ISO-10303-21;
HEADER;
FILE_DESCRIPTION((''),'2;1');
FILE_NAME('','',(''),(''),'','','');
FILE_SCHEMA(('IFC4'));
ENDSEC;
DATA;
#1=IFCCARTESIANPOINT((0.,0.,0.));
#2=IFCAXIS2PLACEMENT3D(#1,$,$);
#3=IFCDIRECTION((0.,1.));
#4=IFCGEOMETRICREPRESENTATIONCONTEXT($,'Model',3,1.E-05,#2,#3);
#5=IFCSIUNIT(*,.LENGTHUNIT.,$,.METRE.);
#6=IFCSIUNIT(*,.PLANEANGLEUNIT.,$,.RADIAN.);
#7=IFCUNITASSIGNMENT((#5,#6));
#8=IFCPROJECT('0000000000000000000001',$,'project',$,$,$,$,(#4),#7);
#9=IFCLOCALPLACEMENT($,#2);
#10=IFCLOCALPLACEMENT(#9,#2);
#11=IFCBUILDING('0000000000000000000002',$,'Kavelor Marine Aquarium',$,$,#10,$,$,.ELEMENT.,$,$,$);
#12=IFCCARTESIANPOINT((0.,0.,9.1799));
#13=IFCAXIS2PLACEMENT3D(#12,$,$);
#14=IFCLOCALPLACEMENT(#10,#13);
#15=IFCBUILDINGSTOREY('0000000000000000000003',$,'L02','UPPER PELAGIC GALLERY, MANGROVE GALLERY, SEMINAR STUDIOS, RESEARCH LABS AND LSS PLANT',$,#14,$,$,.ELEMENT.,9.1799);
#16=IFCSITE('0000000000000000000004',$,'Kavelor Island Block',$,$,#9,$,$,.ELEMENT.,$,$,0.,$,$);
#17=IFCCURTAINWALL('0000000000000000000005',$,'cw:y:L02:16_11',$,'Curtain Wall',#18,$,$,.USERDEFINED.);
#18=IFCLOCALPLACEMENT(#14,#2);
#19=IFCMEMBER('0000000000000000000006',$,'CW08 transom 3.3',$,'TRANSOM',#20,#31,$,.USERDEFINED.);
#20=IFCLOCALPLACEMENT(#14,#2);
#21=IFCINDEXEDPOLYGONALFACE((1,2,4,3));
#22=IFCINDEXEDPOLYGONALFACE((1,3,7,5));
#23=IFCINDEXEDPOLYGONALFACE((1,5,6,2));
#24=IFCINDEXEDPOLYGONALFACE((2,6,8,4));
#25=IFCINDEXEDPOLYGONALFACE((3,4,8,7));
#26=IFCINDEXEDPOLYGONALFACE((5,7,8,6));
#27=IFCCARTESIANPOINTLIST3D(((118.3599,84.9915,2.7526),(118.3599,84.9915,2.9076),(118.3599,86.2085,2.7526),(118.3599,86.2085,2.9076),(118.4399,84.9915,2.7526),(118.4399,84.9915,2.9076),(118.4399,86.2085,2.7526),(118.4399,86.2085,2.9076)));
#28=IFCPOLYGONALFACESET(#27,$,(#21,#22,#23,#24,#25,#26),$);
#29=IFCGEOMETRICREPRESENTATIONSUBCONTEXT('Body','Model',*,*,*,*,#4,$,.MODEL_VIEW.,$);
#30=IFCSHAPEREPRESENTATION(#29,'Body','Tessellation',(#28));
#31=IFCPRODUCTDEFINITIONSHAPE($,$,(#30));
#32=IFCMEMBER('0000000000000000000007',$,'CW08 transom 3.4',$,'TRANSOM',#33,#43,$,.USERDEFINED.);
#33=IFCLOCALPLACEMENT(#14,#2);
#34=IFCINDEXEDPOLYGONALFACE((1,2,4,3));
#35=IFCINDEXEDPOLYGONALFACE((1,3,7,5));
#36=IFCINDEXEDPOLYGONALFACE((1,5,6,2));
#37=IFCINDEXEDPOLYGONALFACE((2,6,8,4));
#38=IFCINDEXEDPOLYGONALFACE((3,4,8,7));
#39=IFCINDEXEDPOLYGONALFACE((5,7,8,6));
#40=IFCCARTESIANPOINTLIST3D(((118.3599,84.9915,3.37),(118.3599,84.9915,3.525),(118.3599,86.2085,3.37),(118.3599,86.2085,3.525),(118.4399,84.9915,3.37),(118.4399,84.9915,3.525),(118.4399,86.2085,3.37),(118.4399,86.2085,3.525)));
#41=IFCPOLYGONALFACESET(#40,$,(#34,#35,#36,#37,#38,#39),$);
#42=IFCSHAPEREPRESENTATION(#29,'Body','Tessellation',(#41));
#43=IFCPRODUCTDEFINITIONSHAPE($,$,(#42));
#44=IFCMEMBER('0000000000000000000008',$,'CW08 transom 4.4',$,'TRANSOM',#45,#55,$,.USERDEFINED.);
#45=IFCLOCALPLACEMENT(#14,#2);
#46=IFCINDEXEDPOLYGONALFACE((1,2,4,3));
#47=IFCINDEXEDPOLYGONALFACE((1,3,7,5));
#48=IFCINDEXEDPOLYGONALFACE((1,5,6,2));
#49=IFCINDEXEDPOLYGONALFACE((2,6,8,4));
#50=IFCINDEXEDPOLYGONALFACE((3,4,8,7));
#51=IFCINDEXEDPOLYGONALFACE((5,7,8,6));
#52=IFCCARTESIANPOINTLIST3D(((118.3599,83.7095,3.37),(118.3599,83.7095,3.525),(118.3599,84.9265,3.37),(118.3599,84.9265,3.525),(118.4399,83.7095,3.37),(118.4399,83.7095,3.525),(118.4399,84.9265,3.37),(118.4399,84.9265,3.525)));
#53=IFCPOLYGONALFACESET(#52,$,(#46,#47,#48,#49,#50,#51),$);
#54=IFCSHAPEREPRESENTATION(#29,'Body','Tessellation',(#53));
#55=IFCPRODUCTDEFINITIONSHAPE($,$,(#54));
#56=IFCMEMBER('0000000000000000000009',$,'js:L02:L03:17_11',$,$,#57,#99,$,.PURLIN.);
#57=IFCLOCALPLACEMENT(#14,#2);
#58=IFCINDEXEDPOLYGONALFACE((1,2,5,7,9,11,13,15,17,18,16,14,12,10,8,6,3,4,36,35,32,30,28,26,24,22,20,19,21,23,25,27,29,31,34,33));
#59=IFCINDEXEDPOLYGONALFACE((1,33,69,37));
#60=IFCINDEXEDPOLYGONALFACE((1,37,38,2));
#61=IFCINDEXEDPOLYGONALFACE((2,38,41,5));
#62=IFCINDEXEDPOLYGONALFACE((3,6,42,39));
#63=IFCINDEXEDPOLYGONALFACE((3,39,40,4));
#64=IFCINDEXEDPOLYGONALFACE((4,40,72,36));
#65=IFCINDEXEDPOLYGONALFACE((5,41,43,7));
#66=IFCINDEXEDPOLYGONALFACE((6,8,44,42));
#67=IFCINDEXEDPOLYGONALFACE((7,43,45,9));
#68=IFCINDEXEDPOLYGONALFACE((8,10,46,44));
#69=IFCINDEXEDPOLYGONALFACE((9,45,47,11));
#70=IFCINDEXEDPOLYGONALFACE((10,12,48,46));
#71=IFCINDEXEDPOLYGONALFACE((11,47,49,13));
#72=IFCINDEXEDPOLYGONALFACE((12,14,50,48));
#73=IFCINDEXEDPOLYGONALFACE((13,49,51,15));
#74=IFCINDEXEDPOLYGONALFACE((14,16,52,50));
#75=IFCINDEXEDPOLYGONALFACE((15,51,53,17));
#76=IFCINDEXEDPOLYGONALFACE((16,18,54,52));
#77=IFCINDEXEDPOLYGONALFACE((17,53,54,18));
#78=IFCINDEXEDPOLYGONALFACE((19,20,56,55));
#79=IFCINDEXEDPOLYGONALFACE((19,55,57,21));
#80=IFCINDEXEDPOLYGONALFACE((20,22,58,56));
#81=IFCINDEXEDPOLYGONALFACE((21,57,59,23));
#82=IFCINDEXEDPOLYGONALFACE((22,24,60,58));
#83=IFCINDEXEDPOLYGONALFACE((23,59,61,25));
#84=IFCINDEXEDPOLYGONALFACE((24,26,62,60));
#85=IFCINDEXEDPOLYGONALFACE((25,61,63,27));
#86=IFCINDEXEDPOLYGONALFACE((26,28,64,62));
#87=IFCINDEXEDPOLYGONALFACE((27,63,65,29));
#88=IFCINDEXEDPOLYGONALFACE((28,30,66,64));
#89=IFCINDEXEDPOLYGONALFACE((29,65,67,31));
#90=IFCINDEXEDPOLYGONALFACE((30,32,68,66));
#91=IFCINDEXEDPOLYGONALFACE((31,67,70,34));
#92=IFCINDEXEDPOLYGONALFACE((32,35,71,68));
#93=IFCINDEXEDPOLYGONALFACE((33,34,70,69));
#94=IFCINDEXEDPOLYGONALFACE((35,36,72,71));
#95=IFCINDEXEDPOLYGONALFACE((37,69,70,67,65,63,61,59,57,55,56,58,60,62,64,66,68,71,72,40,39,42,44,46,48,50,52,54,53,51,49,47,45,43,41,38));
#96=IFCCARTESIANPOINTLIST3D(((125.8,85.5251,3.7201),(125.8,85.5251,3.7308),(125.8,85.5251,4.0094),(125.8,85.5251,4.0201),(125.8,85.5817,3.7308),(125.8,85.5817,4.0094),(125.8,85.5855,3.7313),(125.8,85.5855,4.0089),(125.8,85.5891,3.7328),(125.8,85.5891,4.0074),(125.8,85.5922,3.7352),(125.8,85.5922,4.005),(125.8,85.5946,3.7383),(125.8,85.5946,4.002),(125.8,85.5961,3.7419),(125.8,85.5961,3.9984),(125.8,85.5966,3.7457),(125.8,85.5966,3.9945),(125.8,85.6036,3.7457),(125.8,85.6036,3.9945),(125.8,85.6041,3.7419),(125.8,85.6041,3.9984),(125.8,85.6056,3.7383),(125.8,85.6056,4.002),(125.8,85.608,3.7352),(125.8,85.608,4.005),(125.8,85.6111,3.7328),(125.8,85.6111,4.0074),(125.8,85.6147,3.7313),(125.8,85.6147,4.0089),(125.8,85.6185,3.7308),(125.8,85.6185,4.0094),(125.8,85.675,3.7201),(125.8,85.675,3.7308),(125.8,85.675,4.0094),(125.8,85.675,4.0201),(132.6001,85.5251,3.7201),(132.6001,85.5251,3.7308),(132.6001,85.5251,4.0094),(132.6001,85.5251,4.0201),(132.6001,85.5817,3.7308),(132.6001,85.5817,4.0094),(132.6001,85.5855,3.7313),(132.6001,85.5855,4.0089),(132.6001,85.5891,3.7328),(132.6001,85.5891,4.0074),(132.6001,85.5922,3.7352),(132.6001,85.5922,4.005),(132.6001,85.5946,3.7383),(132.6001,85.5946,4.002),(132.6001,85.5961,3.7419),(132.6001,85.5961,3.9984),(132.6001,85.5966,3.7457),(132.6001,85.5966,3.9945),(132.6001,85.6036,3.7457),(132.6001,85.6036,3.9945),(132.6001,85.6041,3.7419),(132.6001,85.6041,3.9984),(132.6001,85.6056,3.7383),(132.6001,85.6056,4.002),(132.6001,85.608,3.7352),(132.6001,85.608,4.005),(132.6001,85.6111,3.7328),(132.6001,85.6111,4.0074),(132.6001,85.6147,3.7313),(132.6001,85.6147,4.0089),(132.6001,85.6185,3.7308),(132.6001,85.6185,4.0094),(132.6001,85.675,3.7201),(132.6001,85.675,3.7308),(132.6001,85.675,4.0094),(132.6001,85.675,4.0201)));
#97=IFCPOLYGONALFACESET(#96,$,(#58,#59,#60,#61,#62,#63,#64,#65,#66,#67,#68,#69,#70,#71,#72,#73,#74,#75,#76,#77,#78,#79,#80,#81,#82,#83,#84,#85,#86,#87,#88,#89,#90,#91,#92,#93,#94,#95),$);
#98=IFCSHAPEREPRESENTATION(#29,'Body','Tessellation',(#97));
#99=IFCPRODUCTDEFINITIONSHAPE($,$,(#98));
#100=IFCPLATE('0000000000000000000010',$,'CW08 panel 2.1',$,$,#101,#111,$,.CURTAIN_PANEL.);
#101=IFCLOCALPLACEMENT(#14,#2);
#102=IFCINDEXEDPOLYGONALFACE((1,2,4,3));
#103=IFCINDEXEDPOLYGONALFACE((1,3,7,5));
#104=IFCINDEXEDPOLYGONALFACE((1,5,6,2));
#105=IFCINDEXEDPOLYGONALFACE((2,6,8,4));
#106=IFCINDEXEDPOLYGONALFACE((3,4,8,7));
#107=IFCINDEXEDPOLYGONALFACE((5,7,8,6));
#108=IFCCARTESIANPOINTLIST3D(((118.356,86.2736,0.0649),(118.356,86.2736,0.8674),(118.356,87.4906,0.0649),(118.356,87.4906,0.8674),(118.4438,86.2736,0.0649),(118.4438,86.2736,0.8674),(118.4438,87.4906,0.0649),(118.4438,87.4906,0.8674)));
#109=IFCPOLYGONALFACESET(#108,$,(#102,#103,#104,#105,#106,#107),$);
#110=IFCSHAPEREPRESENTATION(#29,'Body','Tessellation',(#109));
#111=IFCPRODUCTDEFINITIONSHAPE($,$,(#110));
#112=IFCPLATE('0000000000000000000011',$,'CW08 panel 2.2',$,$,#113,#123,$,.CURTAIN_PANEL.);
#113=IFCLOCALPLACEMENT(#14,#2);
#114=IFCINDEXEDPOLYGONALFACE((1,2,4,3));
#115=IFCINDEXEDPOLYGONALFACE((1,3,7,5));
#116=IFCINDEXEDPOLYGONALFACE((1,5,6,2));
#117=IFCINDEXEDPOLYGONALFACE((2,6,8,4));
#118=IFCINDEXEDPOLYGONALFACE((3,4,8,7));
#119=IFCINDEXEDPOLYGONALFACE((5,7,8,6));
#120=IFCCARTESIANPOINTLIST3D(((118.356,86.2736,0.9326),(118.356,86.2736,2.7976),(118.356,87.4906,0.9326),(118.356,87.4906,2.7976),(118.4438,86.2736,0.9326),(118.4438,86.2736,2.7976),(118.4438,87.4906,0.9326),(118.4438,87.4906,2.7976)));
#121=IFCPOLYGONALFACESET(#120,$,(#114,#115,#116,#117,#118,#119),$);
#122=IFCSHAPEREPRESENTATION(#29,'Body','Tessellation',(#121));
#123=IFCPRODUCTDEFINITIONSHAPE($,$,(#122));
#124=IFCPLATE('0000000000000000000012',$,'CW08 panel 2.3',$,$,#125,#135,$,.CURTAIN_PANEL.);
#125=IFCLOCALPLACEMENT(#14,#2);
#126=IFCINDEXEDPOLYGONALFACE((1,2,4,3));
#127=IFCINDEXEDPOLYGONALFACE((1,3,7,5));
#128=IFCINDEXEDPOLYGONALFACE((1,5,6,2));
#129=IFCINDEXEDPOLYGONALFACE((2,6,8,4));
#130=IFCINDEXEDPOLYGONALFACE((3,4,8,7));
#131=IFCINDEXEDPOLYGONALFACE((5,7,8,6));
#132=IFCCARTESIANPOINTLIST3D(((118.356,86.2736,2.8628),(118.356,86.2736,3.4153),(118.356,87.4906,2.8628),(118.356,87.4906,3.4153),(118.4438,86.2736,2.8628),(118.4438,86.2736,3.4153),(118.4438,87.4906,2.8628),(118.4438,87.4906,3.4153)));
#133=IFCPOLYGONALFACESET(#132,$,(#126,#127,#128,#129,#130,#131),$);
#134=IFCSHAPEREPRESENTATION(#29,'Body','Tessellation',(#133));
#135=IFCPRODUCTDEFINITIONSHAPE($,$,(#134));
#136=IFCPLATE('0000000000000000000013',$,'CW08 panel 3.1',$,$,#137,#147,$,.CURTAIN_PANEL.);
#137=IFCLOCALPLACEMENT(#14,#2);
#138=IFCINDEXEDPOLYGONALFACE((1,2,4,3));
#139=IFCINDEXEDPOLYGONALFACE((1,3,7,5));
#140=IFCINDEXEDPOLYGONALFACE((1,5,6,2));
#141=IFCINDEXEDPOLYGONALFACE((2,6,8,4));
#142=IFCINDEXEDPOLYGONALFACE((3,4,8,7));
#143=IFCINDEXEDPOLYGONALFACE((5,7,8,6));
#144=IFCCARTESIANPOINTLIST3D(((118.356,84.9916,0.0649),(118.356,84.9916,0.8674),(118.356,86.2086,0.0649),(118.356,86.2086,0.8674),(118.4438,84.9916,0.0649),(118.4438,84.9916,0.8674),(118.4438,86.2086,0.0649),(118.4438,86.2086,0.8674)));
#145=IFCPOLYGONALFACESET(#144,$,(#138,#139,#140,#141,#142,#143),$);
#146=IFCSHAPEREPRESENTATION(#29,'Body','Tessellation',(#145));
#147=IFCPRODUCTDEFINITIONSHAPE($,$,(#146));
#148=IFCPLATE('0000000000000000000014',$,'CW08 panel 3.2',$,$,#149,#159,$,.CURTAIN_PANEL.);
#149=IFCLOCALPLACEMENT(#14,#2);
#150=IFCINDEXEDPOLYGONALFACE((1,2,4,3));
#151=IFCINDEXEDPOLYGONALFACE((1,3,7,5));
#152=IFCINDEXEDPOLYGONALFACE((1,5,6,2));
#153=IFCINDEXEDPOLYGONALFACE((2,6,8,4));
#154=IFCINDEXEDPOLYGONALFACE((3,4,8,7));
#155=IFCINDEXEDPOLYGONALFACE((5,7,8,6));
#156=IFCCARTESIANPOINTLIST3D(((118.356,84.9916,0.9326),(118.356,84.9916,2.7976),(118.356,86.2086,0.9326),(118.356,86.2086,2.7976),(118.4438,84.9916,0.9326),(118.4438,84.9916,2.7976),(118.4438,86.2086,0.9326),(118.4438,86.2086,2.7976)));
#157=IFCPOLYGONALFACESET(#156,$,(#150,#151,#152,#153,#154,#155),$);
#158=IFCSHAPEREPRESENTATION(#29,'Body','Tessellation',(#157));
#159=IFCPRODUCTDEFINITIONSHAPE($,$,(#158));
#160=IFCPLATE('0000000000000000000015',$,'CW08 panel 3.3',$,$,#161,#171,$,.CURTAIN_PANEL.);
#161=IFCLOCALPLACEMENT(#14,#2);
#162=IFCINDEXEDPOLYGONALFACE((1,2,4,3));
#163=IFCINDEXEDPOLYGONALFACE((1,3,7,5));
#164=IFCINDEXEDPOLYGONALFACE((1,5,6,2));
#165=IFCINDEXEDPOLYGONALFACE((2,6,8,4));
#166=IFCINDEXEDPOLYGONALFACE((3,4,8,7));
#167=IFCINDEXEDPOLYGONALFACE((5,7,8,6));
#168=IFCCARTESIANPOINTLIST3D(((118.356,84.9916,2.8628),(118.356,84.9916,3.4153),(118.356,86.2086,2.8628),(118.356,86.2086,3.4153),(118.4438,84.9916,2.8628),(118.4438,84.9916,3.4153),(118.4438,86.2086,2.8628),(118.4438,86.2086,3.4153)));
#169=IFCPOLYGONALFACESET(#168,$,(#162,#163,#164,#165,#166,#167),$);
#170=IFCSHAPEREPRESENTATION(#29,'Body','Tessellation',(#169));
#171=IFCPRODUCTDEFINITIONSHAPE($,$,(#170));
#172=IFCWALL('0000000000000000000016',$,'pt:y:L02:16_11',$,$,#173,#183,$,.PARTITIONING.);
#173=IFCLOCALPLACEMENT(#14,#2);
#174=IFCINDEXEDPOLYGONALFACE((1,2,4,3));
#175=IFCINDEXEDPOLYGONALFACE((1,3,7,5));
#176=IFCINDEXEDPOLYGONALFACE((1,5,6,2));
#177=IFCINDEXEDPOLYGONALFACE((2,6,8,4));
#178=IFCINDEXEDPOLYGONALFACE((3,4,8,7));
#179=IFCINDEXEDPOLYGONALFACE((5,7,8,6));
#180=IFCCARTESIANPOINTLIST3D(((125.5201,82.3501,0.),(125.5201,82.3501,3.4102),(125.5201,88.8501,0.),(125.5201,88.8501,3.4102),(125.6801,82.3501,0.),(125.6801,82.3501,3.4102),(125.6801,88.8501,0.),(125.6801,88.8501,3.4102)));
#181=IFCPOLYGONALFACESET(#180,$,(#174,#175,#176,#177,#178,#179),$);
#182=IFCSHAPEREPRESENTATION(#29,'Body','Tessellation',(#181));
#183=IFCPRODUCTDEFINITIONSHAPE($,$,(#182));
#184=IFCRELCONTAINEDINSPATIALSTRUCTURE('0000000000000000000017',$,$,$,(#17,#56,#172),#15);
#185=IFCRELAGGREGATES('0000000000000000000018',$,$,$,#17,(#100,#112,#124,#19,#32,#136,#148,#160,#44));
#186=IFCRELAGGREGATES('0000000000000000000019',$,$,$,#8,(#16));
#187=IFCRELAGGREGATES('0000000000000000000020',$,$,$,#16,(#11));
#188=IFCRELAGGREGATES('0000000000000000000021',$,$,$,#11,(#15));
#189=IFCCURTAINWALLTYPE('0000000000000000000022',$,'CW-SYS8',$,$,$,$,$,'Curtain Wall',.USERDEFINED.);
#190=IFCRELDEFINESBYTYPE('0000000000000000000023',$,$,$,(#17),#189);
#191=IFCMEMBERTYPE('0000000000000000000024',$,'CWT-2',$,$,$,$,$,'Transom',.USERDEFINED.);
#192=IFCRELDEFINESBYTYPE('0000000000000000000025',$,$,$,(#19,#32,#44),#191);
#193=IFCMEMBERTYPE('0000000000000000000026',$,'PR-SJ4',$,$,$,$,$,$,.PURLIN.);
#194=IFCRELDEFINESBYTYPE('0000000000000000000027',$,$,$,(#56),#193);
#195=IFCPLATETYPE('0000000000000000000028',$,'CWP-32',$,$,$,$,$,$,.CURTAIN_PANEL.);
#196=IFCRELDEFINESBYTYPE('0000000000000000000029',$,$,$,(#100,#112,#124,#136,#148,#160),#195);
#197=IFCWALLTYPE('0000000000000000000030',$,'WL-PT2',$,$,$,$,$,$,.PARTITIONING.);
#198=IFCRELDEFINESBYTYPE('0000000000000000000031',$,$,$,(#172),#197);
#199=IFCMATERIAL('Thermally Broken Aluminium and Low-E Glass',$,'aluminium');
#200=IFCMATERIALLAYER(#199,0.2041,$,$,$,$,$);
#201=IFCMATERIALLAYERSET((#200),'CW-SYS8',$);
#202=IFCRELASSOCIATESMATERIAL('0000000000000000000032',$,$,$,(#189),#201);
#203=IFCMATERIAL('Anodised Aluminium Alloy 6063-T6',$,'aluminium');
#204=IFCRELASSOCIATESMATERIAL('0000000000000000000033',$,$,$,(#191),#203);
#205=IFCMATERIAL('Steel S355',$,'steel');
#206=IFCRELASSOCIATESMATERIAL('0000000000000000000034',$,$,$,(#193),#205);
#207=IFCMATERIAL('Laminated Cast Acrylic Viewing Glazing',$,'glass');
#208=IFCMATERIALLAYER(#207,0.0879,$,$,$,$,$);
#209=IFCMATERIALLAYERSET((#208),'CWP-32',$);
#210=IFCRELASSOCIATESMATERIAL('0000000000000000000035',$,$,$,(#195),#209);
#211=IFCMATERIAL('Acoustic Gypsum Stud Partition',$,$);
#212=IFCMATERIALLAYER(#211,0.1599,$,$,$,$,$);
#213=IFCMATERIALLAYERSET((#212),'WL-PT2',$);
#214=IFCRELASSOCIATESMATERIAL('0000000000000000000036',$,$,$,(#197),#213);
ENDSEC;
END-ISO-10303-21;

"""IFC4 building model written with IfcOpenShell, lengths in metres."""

from ifc_helpers import new_model, si_unit, direction, frame, frame_2d, origin, origin_2d, place, context, subcontext, project, spatial, rectangle, i_section, extrude, material, layer, layer_set, material_profile, profile_set, type_object, element, aggregate, save


model = new_model("IFC4")

# Units and contexts
model_context = context("Model", 3, precision=1e-05, world=origin(), true_north=direction((0.0, 1.0)))
body_context = subcontext(model_context, "Body", "Model", "MODEL_VIEW")
ifc_project = project(units=[si_unit("LENGTHUNIT", "METRE"), si_unit("PLANEANGLEUNIT", "RADIAN")], contexts=[model_context])

# Site, building, storey
site_placement = place(None, origin())
site = spatial("IfcSite", under=ifc_project, at=site_placement, Name="Kavelor Island Block", CompositionType="ELEMENT", RefElevation=0.0)
building_placement = place(site_placement, origin())
building = spatial("IfcBuilding", under=site, at=building_placement, Name="Kavelor Marine Aquarium", CompositionType="ELEMENT")
storey_placement = place(building_placement, frame((0.0, 0.0, 9.1799)))
storey = spatial("IfcBuildingStorey", under=building, at=storey_placement, Name="L02", Description="UPPER PELAGIC GALLERY, MANGROVE GALLERY, SEMINAR STUDIOS, RESEARCH LABS AND LSS PLANT", CompositionType="ELEMENT", Elevation=9.1799)

# Curtain wall, members
ifc_material_1 = material(Name="Thermally Broken Aluminium and Low-E Glass", Category="aluminium")
ifc_layer_1 = layer(ifc_material_1, 0.2041)
ifc_layer_set_1 = layer_set([ifc_layer_1], Name="CW-SYS8")
curtain_wall_type = type_object("IfcCurtainWallType", Name="CW-SYS8", ElementType="Curtain Wall", PredefinedType="USERDEFINED", material=ifc_layer_set_1)
curtain_wall_placement = place(storey_placement, origin())
curtain_wall = element("IfcCurtainWall", 1, at=curtain_wall_placement, inside=storey, type_object=curtain_wall_type, Name="cw:y:L02:16_11", ObjectType="Curtain Wall", PredefinedType="USERDEFINED")
ifc_material_2 = material(Name="Anodised Aluminium Alloy 6063-T6", Category="aluminium")
ifc_material_profile_1 = material_profile(ifc_material_2, rectangle(XDim=0.0801, YDim=0.155, at=origin_2d()), Name="CW-TRN 80x155")
ifc_profile_set_1 = profile_set([ifc_material_profile_1], Name="Anodised Aluminium Alloy 6063-T6")
member_type_1 = type_object("IfcMemberType", Name="CWT-2", ElementType="Transom", PredefinedType="USERDEFINED", material=ifc_profile_set_1)
member_1_placement = place(storey_placement, frame((118.3999, 86.2085, 2.8301), z_axis=(0.0, -1.0, 0.0), x_axis=(1.0, 0.0, 0.0)))
member_1 = element("IfcMember", 2, at=member_1_placement, type_object=member_type_1, Name="CW08 transom 3.3", ObjectType="TRANSOM", PredefinedType="USERDEFINED", context=body_context, shape_type="SweptSolid", body=[
    extrude(rectangle(XDim=0.0801, YDim=0.155, at=origin_2d()), origin(), (0.0, 0.0, 1.0), 1.217),
])
member_2_placement = place(storey_placement, frame((118.3999, 86.2085, 3.4475), z_axis=(0.0, -1.0, 0.0), x_axis=(1.0, 0.0, 0.0)))
member_2 = element("IfcMember", 3, at=member_2_placement, type_object=member_type_1, Name="CW08 transom 3.4", ObjectType="TRANSOM", PredefinedType="USERDEFINED", context=body_context, shape_type="SweptSolid", body=[
    extrude(rectangle(XDim=0.0801, YDim=0.155, at=origin_2d()), origin(), (0.0, 0.0, 1.0), 1.217),
])
member_3_placement = place(storey_placement, frame((118.3999, 84.9265, 3.4475), z_axis=(0.0, -1.0, 0.0), x_axis=(1.0, 0.0, 0.0)))
member_3 = element("IfcMember", 4, at=member_3_placement, type_object=member_type_1, Name="CW08 transom 4.4", ObjectType="TRANSOM", PredefinedType="USERDEFINED", context=body_context, shape_type="SweptSolid", body=[
    extrude(rectangle(XDim=0.0801, YDim=0.155, at=origin_2d()), origin(), (0.0, 0.0, 1.0), 1.217),
])

# Member
ifc_material_3 = material(Name="Steel S355", Category="steel")
ifc_material_profile_2 = material_profile(ifc_material_3, i_section(OverallWidth=0.1499, OverallDepth=0.3, WebThickness=0.0071, FlangeThickness=0.0107, FilletRadius=0.0149, at=origin_2d()), Name="IPE 300")
ifc_profile_set_2 = profile_set([ifc_material_profile_2], Name="Steel S355")
member_type_2 = type_object("IfcMemberType", Name="PR-SJ4", PredefinedType="PURLIN", material=ifc_profile_set_2)
member_4_placement = place(storey_placement, frame((125.8, 85.6001, 3.8701), z_axis=(1.0, 0.0, 0.0), x_axis=(0.0, 1.0, 0.0)))
element("IfcMember", 5, at=member_4_placement, inside=storey, type_object=member_type_2, Name="js:L02:L03:17_11", PredefinedType="PURLIN", context=body_context, shape_type="SweptSolid", body=[
    extrude(i_section(OverallWidth=0.1499, OverallDepth=0.3, WebThickness=0.0071, FlangeThickness=0.0107, FilletRadius=0.0149, at=origin_2d()), origin(), (0.0, 0.0, 1.0), 6.8),
])

# Plates
ifc_material_4 = material(Name="Laminated Cast Acrylic Viewing Glazing", Category="glass")
ifc_layer_2 = layer(ifc_material_4, 0.0879)
ifc_layer_set_2 = layer_set([ifc_layer_2], Name="CWP-32")
plate_type = type_object("IfcPlateType", Name="CWP-32", PredefinedType="CURTAIN_PANEL", material=ifc_layer_set_2)
plate_1_placement = place(storey_placement, frame((118.3999, 86.8821, 0.0649), z_axis=(0.0, 0.0, 1.0), x_axis=(0.0, -1.0, 0.0)))
plate_1 = element("IfcPlate", 6, at=plate_1_placement, type_object=plate_type, Name="CW08 panel 2.1", PredefinedType="CURTAIN_PANEL", context=body_context, shape_type="SweptSolid", body=[
    extrude(rectangle(XDim=1.217, YDim=0.0879, at=origin_2d()), origin(), (0.0, 0.0, 1.0), 0.8025),
])
plate_2_placement = place(storey_placement, frame((118.3999, 86.8821, 0.9326), z_axis=(0.0, 0.0, 1.0), x_axis=(0.0, -1.0, 0.0)))
plate_2 = element("IfcPlate", 7, at=plate_2_placement, type_object=plate_type, Name="CW08 panel 2.2", PredefinedType="CURTAIN_PANEL", context=body_context, shape_type="SweptSolid", body=[
    extrude(rectangle(XDim=1.217, YDim=0.0879, at=origin_2d()), origin(), (0.0, 0.0, 1.0), 1.865),
])
plate_3_placement = place(storey_placement, frame((118.3999, 86.8821, 2.8628), z_axis=(0.0, 0.0, 1.0), x_axis=(0.0, -1.0, 0.0)))
plate_3 = element("IfcPlate", 8, at=plate_3_placement, type_object=plate_type, Name="CW08 panel 2.3", PredefinedType="CURTAIN_PANEL", context=body_context, shape_type="SweptSolid", body=[
    extrude(rectangle(XDim=1.217, YDim=0.0879, at=origin_2d()), origin(), (0.0, 0.0, 1.0), 0.5525),
])
plate_4_placement = place(storey_placement, frame((118.3999, 85.6001, 0.0649), z_axis=(0.0, 0.0, 1.0), x_axis=(0.0, -1.0, 0.0)))
plate_4 = element("IfcPlate", 9, at=plate_4_placement, type_object=plate_type, Name="CW08 panel 3.1", PredefinedType="CURTAIN_PANEL", context=body_context, shape_type="SweptSolid", body=[
    extrude(rectangle(XDim=1.217, YDim=0.0879, at=origin_2d()), origin(), (0.0, 0.0, 1.0), 0.8025),
])
plate_5_placement = place(storey_placement, frame((118.3999, 85.6001, 0.9326), z_axis=(0.0, 0.0, 1.0), x_axis=(0.0, -1.0, 0.0)))
plate_5 = element("IfcPlate", 10, at=plate_5_placement, type_object=plate_type, Name="CW08 panel 3.2", PredefinedType="CURTAIN_PANEL", context=body_context, shape_type="SweptSolid", body=[
    extrude(rectangle(XDim=1.217, YDim=0.0879, at=origin_2d()), origin(), (0.0, 0.0, 1.0), 1.865),
])
plate_6_placement = place(storey_placement, frame((118.3999, 85.6001, 2.8628), z_axis=(0.0, 0.0, 1.0), x_axis=(0.0, -1.0, 0.0)))
plate_6 = element("IfcPlate", 11, at=plate_6_placement, type_object=plate_type, Name="CW08 panel 3.3", PredefinedType="CURTAIN_PANEL", context=body_context, shape_type="SweptSolid", body=[
    extrude(rectangle(XDim=1.217, YDim=0.0879, at=origin_2d()), origin(), (0.0, 0.0, 1.0), 0.5525),
])
aggregate(curtain_wall, [plate_1, plate_2, plate_3, member_1, member_2, plate_4, plate_5, plate_6, member_3])

# Wall
ifc_material_5 = material(Name="Acoustic Gypsum Stud Partition")
ifc_layer_3 = layer(ifc_material_5, 0.1599)
ifc_layer_set_3 = layer_set([ifc_layer_3], Name="WL-PT2")
wall_type = type_object("IfcWallType", Name="WL-PT2", PredefinedType="PARTITIONING", material=ifc_layer_set_3)
wall_placement = place(storey_placement, frame((125.6001, 82.3501, 0.0), z_axis=(0.0, 0.0, 1.0), x_axis=(0.0, 1.0, 0.0)))
element("IfcWall", 12, at=wall_placement, inside=storey, type_object=wall_type, Name="pt:y:L02:16_11", PredefinedType="PARTITIONING", context=body_context, shape_type="SweptSolid", body=[
    extrude(rectangle(XDim=6.5, YDim=0.1599, at=frame_2d((3.25, 0.0))), origin(), (0.0, 0.0, 1.0), 3.4102),
])

save(model, "model.ifc")
